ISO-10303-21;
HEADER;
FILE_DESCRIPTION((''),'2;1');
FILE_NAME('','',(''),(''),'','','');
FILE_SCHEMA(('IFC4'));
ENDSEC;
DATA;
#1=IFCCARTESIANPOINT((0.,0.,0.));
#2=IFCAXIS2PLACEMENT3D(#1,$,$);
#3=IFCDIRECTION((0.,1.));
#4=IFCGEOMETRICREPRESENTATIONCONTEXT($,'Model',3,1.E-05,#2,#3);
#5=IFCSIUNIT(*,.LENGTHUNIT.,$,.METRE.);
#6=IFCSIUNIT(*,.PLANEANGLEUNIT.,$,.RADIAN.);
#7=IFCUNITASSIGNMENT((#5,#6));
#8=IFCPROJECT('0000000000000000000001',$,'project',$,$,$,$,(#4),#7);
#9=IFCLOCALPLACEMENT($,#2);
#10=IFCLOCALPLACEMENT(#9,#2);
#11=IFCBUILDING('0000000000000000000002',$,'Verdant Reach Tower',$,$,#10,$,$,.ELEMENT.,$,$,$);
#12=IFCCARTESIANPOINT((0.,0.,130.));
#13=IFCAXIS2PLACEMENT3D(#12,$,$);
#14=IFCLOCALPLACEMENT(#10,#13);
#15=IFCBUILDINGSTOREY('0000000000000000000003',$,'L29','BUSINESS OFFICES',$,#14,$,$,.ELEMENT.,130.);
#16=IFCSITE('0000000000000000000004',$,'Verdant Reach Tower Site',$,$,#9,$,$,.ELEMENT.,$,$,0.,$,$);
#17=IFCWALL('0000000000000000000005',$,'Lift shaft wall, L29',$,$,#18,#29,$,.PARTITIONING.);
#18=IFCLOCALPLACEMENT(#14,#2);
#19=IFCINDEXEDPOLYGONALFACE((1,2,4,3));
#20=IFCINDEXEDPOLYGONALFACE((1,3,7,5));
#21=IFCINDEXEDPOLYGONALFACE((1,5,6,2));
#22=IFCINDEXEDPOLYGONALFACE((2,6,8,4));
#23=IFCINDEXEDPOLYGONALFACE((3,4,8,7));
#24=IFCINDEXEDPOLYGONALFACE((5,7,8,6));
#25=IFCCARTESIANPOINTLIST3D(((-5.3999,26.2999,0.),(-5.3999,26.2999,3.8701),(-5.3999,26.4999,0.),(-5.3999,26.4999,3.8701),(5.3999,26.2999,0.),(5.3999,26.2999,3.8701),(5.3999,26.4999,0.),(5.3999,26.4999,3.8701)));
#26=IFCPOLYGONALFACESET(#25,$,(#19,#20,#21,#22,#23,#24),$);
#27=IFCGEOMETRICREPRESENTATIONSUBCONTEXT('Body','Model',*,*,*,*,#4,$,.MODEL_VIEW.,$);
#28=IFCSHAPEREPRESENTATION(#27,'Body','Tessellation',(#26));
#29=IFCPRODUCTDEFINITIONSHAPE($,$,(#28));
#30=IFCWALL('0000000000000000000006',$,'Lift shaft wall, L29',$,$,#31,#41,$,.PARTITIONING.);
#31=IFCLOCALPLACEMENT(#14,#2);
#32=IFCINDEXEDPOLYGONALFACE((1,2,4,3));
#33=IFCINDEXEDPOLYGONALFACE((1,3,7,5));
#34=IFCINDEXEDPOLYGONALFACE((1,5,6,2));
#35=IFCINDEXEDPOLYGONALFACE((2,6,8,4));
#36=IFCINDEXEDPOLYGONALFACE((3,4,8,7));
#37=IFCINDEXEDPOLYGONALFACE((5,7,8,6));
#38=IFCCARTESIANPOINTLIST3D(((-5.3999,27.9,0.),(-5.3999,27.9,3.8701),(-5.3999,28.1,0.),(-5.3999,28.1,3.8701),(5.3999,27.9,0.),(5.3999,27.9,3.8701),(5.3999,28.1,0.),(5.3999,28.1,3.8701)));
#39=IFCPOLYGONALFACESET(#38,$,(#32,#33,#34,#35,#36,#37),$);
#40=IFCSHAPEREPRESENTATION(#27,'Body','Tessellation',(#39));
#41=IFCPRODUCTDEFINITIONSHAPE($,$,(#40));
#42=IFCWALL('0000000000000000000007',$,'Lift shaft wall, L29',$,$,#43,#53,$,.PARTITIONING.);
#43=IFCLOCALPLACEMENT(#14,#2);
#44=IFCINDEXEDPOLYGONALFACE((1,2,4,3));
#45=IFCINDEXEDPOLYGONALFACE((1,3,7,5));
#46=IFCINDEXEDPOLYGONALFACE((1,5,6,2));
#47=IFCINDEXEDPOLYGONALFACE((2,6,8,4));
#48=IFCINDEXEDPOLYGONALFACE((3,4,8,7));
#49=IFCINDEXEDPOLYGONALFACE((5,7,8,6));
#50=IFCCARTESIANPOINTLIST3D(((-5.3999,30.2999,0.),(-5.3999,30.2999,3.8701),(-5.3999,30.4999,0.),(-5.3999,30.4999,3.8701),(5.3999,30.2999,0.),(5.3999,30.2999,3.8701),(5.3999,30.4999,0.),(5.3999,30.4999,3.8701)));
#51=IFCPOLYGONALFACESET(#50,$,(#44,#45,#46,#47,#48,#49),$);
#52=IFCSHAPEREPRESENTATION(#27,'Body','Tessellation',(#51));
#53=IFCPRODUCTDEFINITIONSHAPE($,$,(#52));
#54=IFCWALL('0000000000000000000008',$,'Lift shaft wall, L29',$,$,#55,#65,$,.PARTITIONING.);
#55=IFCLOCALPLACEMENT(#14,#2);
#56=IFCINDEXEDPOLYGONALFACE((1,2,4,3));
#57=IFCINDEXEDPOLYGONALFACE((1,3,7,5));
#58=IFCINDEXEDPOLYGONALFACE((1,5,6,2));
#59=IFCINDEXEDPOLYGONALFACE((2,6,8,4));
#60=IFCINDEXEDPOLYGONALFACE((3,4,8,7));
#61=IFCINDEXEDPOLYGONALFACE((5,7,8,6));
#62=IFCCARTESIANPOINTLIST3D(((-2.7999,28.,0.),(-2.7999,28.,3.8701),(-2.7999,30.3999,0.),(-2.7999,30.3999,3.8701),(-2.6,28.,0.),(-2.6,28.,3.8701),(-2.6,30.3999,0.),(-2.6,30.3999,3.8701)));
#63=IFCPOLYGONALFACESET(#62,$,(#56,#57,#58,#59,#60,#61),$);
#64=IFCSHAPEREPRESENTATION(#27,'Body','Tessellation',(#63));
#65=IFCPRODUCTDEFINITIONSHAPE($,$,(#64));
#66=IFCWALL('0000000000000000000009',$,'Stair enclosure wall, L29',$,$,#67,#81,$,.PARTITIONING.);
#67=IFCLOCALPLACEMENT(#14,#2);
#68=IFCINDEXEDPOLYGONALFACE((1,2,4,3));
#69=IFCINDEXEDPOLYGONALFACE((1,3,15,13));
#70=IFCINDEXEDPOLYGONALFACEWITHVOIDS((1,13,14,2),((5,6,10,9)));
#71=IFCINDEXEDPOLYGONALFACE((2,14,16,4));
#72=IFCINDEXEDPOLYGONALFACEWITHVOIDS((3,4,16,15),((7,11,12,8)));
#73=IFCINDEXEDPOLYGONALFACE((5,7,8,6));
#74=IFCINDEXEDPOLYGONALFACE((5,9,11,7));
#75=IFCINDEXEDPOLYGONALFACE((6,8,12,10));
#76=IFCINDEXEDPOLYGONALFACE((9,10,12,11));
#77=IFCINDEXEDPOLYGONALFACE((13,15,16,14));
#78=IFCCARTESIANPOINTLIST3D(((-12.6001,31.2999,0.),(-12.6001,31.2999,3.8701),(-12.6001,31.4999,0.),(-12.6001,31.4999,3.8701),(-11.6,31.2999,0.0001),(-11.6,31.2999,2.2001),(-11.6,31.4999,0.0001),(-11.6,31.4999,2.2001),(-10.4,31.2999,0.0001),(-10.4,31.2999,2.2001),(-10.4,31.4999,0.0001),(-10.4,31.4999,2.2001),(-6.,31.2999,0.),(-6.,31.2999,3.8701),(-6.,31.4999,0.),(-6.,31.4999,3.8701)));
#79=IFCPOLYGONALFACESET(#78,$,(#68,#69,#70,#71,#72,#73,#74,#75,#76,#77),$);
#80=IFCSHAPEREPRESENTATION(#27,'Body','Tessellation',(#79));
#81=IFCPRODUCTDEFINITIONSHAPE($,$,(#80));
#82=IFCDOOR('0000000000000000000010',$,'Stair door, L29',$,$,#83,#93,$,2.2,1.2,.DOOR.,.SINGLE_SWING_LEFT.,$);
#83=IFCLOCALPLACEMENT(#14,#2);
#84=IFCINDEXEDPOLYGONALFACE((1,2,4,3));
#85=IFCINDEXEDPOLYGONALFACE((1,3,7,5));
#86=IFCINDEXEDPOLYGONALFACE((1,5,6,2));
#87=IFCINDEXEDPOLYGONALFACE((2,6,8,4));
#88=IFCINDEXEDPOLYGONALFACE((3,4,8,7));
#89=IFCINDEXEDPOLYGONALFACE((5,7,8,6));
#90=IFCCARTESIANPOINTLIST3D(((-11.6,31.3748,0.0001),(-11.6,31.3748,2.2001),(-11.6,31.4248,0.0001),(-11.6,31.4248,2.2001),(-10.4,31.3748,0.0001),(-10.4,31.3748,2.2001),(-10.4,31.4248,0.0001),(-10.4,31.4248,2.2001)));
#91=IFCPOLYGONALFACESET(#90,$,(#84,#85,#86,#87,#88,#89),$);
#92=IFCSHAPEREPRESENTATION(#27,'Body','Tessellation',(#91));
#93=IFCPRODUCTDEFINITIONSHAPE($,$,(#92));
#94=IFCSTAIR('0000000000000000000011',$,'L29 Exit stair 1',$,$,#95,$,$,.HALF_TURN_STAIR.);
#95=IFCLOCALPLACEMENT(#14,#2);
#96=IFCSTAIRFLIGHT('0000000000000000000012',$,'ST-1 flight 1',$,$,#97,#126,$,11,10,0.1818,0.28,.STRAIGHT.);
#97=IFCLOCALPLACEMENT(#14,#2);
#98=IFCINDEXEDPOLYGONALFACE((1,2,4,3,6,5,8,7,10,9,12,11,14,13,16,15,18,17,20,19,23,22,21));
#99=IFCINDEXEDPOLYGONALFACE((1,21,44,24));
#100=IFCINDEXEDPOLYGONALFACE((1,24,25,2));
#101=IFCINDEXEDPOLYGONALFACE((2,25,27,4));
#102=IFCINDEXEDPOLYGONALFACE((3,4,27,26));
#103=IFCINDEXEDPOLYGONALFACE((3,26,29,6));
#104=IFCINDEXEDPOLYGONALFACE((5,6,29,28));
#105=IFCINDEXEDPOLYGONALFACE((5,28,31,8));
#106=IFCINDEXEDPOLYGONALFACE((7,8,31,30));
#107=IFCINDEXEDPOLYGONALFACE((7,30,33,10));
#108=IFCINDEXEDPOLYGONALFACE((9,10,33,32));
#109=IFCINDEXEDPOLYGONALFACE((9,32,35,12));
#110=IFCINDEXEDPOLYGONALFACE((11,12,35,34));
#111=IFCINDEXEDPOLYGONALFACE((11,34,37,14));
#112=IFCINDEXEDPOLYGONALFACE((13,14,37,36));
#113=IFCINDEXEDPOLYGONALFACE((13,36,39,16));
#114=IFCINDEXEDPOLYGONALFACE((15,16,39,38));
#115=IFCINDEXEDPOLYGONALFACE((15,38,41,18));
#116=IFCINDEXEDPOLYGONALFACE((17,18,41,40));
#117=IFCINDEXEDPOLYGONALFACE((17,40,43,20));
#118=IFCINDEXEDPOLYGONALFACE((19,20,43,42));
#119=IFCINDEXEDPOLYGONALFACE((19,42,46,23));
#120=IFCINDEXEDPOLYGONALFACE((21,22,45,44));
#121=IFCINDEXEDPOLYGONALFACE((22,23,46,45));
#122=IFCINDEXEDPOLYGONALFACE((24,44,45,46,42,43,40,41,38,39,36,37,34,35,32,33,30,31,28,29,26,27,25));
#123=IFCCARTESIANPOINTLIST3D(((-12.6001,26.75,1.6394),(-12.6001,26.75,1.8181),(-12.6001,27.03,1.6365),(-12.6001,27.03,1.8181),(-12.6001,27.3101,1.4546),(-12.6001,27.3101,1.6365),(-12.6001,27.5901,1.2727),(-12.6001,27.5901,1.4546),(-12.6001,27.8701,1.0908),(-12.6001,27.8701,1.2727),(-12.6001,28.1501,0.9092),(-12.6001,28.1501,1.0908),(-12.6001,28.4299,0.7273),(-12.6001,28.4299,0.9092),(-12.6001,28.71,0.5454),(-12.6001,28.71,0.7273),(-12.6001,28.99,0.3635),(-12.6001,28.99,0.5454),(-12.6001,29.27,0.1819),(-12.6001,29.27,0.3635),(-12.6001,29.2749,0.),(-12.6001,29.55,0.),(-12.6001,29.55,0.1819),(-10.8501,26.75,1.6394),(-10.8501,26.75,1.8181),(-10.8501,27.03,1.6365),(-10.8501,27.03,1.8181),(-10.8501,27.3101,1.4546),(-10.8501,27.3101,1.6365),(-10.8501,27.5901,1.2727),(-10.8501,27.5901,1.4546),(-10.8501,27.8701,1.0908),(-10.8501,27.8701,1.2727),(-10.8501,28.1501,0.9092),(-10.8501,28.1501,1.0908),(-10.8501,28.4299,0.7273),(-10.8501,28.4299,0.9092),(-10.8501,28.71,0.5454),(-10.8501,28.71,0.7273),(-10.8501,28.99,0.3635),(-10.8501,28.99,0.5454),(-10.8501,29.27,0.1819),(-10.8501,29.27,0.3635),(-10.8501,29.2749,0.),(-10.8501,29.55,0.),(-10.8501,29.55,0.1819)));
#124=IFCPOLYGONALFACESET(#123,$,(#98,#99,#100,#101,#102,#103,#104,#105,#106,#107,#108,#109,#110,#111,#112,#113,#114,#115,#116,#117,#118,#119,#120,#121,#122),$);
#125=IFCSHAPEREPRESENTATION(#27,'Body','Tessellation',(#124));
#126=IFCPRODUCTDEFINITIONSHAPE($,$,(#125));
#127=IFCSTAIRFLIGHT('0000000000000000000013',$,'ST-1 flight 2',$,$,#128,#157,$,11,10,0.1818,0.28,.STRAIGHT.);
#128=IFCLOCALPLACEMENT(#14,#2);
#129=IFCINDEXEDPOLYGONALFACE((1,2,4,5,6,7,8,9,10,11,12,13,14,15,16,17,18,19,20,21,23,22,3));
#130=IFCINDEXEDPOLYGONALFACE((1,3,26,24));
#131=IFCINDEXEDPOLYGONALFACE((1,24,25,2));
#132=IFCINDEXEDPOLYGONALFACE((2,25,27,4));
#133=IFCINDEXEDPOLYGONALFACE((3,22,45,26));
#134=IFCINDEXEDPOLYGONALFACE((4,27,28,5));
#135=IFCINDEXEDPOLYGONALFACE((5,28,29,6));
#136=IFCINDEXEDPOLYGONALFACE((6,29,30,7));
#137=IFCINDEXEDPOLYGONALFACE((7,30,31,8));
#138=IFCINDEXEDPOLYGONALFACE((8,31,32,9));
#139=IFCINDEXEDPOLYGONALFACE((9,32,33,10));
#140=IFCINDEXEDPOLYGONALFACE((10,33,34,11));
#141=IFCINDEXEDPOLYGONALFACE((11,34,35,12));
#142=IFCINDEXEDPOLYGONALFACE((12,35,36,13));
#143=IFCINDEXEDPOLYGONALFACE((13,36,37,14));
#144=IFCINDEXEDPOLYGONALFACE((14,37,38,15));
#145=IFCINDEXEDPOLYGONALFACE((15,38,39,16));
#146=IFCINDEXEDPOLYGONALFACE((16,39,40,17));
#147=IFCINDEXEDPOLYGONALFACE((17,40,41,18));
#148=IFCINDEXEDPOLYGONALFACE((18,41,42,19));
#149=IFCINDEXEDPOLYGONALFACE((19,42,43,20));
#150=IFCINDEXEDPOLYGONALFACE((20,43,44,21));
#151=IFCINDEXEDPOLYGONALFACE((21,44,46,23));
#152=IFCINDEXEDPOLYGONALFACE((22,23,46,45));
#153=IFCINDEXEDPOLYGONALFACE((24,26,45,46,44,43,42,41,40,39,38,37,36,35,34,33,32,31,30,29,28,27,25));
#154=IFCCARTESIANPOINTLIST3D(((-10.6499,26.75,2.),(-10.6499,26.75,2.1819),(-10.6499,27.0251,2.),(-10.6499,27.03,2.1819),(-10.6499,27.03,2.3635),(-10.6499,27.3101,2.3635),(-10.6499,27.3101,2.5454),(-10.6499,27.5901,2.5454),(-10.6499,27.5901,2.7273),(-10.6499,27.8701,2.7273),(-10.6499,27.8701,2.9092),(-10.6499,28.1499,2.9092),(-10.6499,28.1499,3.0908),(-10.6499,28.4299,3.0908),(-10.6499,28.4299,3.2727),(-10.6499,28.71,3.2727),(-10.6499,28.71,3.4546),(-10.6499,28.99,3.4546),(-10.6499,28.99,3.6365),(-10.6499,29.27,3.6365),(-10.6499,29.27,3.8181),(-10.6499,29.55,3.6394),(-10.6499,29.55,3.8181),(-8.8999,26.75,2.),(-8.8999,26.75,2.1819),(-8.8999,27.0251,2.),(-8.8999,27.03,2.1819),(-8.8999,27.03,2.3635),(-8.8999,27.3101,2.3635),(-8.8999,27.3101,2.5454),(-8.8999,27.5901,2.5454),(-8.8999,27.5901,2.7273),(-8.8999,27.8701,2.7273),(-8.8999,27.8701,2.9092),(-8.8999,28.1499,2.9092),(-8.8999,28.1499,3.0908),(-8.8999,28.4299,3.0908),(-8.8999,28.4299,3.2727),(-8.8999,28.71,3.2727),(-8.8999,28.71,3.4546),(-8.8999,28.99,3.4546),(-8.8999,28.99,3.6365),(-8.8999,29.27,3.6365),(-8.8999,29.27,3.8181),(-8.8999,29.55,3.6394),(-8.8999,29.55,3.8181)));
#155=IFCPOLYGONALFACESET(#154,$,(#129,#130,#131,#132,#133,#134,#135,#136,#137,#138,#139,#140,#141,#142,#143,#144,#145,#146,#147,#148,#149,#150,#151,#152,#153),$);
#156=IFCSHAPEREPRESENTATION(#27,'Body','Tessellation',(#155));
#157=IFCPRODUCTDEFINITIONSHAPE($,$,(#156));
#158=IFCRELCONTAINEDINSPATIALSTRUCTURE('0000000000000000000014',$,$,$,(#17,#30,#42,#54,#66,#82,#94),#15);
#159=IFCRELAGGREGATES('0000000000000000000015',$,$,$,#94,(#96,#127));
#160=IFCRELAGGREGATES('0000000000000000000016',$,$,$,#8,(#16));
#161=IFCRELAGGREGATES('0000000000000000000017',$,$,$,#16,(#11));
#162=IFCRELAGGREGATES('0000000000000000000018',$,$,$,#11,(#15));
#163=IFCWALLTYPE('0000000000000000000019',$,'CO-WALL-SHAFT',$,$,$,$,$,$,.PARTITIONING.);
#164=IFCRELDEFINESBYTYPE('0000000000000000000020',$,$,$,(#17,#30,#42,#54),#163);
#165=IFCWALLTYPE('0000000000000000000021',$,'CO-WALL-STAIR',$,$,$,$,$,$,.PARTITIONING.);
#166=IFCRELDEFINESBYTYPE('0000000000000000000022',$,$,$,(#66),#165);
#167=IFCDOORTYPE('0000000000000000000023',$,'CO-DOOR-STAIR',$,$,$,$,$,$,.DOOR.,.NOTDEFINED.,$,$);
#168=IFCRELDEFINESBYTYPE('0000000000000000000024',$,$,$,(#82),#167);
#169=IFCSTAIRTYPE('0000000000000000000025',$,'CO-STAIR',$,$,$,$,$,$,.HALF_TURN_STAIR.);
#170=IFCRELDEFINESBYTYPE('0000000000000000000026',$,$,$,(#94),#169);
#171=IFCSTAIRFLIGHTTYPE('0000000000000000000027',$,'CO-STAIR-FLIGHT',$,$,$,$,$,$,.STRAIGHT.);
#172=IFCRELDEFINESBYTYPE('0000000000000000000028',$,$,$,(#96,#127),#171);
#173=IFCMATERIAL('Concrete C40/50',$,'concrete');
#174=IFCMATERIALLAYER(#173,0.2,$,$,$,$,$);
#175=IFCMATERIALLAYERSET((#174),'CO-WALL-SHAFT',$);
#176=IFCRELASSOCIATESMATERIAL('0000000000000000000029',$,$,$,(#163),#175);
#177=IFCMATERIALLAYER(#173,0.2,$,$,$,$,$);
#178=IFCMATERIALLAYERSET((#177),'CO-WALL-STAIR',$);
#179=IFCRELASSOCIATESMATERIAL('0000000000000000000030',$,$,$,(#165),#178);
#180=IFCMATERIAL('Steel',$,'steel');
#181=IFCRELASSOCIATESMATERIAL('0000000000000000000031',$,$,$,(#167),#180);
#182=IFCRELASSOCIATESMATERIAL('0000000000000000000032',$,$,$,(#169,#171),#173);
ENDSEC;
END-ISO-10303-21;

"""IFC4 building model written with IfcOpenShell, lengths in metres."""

from ifc_helpers import new_model, si_unit, direction, frame, frame_2d, origin, place, context, subcontext, project, spatial, polyline, rectangle, outline, extrude, material, layer, layer_set, type_object, element, fill, aggregate, save


model = new_model("IFC4")

# Units and contexts
model_context = context("Model", 3, precision=1e-05, world=origin(), true_north=direction((0.0, 1.0)))
body_context = subcontext(model_context, "Body", "Model", "MODEL_VIEW")
ifc_project = project(units=[si_unit("LENGTHUNIT", "METRE"), si_unit("PLANEANGLEUNIT", "RADIAN")], contexts=[model_context])

# Site, building, storey
site_placement = place(None, origin())
site = spatial("IfcSite", under=ifc_project, at=site_placement, Name="Verdant Reach Tower Site", CompositionType="ELEMENT", RefElevation=0.0)
building_placement = place(site_placement, origin())
building = spatial("IfcBuilding", under=site, at=building_placement, Name="Verdant Reach Tower", CompositionType="ELEMENT")
storey_placement = place(building_placement, frame((0.0, 0.0, 130.0)))
storey = spatial("IfcBuildingStorey", under=building, at=storey_placement, Name="L29", Description="BUSINESS OFFICES", CompositionType="ELEMENT", Elevation=130.0)

# Walls
ifc_material_1 = material(Name="Concrete C40/50", Category="concrete")
ifc_layer_1 = layer(ifc_material_1, 0.2)
ifc_layer_set_1 = layer_set([ifc_layer_1], Name="CO-WALL-SHAFT")
wall_type_1 = type_object("IfcWallType", Name="CO-WALL-SHAFT", PredefinedType="PARTITIONING", material=ifc_layer_set_1)
for number, where, z_axis, x_axis, name in (
    (1, (-5.3999, 26.3999, 0.0), (0.0, 0.0, 1.0), (1.0, 0.0, 0.0), "Lift shaft wall, L29"),
    (2, (-5.3999, 28.0, 0.0), (0.0, 0.0, 1.0), (1.0, 0.0, 0.0), "Lift shaft wall, L29"),
    (3, (-5.3999, 30.3999, 0.0), (0.0, 0.0, 1.0), (1.0, 0.0, 0.0), "Lift shaft wall, L29"),
):
    element("IfcWall", number, at=place(storey_placement, frame(where, z_axis=z_axis, x_axis=x_axis)), inside=storey, type_object=wall_type_1, Name=name, PredefinedType="PARTITIONING", context=body_context, shape_type="SweptSolid", body=[
        extrude(rectangle(XDim=10.7998, YDim=0.2, at=frame_2d((5.3999, 0.0))), origin(), (0.0, 0.0, 1.0), 3.8701),
    ])
wall_1_placement = place(storey_placement, frame((-2.7, 28.0, 0.0), z_axis=(0.0, 0.0, 1.0), x_axis=(0.0, 1.0, 0.0)))
element("IfcWall", 4, at=wall_1_placement, inside=storey, type_object=wall_type_1, Name="Lift shaft wall, L29", PredefinedType="PARTITIONING", context=body_context, shape_type="SweptSolid", body=[
    extrude(rectangle(XDim=2.3999, YDim=0.2, at=frame_2d((1.2, 0.0))), origin(), (0.0, 0.0, 1.0), 3.8701),
])

# Wall, opening, door
ifc_layer_2 = layer(ifc_material_1, 0.2)
ifc_layer_set_2 = layer_set([ifc_layer_2], Name="CO-WALL-STAIR")
wall_type_2 = type_object("IfcWallType", Name="CO-WALL-STAIR", PredefinedType="PARTITIONING", material=ifc_layer_set_2)
wall_2_placement = place(storey_placement, frame((-12.6001, 31.3999, 0.0), z_axis=(0.0, 0.0, 1.0), x_axis=(1.0, 0.0, 0.0)))
wall_2 = element("IfcWall", 5, at=wall_2_placement, inside=storey, type_object=wall_type_2, Name="Stair enclosure wall, L29", PredefinedType="PARTITIONING", context=body_context, shape_type="SweptSolid", body=[
    extrude(rectangle(XDim=6.6001, YDim=0.2, at=frame_2d((3.3, 0.0))), origin(), (0.0, 0.0, 1.0), 3.8701),
])
opening_placement = place(wall_2_placement, frame((1.0, 0.0, 0.0)))
opening = element("IfcOpeningElement", 6, at=opening_placement, cuts=wall_2, PredefinedType="OPENING", context=body_context, shape_type="SweptSolid", body=[
    extrude(rectangle(XDim=1.2, YDim=2.2, at=frame_2d((0.6001, 1.1001))), frame((0.0, 0.1099, 0.0), z_axis=(0.0, -1.0, 0.0), x_axis=(1.0, 0.0, 0.0)), (0.0, 0.0, 1.0), 0.22),
])
ifc_material_2 = material(Name="Steel", Category="steel")
door_type = type_object("IfcDoorType", Name="CO-DOOR-STAIR", OperationType="NOTDEFINED", PredefinedType="DOOR", material=ifc_material_2)
door_placement = place(opening_placement, origin())
door = element("IfcDoor", 7, at=door_placement, inside=storey, type_object=door_type, Name="Stair door, L29", OperationType="SINGLE_SWING_LEFT", OverallHeight=2.2, OverallWidth=1.2, PredefinedType="DOOR", context=body_context, shape_type="SweptSolid", body=[
    extrude(rectangle(XDim=1.2, YDim=2.2, at=frame_2d((0.6001, 1.1001))), frame((0.0, 0.0249, 0.0), z_axis=(0.0, -1.0, 0.0), x_axis=(1.0, 0.0, 0.0)), (0.0, 0.0, 1.0), 0.05),
])
fill(opening, door)

# Stair, stair flights
stair_type = type_object("IfcStairType", Name="CO-STAIR", PredefinedType="HALF_TURN_STAIR", material=ifc_material_1)
stair_placement = place(storey_placement, origin())
stair = element("IfcStair", 8, at=stair_placement, inside=storey, type_object=stair_type, Name="L29 Exit stair 1", PredefinedType="HALF_TURN_STAIR")
stair_flight_type = type_object("IfcStairFlightType", Name="CO-STAIR-FLIGHT", PredefinedType="STRAIGHT", material=ifc_material_1)
stair_flight_1_placement = place(storey_placement, frame((-11.7251, 29.55, 0.0), z_axis=(0.0, 0.0, 1.0), x_axis=(0.0, -1.0, 0.0)))
stair_flight_1 = element("IfcStairFlight", 9, at=stair_flight_1_placement, type_object=stair_flight_type, Name="ST-1 flight 1", NumberOfRisers=11, NumberOfTreads=10, PredefinedType="STRAIGHT", RiserHeight=0.1818, TreadLength=0.28, context=body_context, shape_type="SweptSolid", body=[
    extrude(outline(polyline([(0.0, 0.0), (0.0, 0.1819), (0.28, 0.1819), (0.28, 0.3635), (0.5601, 0.3635), (0.5601, 0.5454), (0.8401, 0.5454), (0.8401, 0.7273), (1.1201, 0.7273), (1.1201, 0.9092), (1.3999, 0.9092), (1.3999, 1.0908), (1.6799, 1.0908), (1.6799, 1.2727), (1.96, 1.2727), (1.96, 1.4546), (2.24, 1.4546), (2.24, 1.6365), (2.52, 1.6365), (2.52, 1.8181), (2.8, 1.8181), (2.8, 2.0), (2.8, 1.6394), (0.2751, 0.0), (0.0, 0.0)])), frame((0.0, 0.875, 0.0), z_axis=(0.0, -1.0, 0.0), x_axis=(1.0, 0.0, 0.0)), (0.0, 0.0, 1.0), 1.75),
])
stair_flight_2_placement = place(storey_placement, frame((-9.7749, 26.75, 2.0), z_axis=(0.0, 0.0, 1.0), x_axis=(0.0, 1.0, 0.0)))
stair_flight_2 = element("IfcStairFlight", 10, at=stair_flight_2_placement, type_object=stair_flight_type, Name="ST-1 flight 2", NumberOfRisers=11, NumberOfTreads=10, PredefinedType="STRAIGHT", RiserHeight=0.1818, TreadLength=0.28, context=body_context, shape_type="SweptSolid", body=[
    extrude(outline(polyline([(0.0, 0.0), (0.0, 0.1819), (0.28, 0.1819), (0.28, 0.3635), (0.5601, 0.3635), (0.5601, 0.5454), (0.8401, 0.5454), (0.8401, 0.7273), (1.1201, 0.7273), (1.1201, 0.9092), (1.3999, 0.9092), (1.3999, 1.0908), (1.6799, 1.0908), (1.6799, 1.2727), (1.96, 1.2727), (1.96, 1.4546), (2.24, 1.4546), (2.24, 1.6365), (2.52, 1.6365), (2.52, 1.8181), (2.8, 1.8181), (2.8, 2.0), (2.8, 1.6394), (0.2751, 0.0), (0.0, 0.0)])), frame((0.0, 0.875, 0.0), z_axis=(0.0, -1.0, 0.0), x_axis=(1.0, 0.0, 0.0)), (0.0, 0.0, 1.0), 1.75),
])
aggregate(stair, [stair_flight_1, stair_flight_2])

save(model, "model.ifc")
